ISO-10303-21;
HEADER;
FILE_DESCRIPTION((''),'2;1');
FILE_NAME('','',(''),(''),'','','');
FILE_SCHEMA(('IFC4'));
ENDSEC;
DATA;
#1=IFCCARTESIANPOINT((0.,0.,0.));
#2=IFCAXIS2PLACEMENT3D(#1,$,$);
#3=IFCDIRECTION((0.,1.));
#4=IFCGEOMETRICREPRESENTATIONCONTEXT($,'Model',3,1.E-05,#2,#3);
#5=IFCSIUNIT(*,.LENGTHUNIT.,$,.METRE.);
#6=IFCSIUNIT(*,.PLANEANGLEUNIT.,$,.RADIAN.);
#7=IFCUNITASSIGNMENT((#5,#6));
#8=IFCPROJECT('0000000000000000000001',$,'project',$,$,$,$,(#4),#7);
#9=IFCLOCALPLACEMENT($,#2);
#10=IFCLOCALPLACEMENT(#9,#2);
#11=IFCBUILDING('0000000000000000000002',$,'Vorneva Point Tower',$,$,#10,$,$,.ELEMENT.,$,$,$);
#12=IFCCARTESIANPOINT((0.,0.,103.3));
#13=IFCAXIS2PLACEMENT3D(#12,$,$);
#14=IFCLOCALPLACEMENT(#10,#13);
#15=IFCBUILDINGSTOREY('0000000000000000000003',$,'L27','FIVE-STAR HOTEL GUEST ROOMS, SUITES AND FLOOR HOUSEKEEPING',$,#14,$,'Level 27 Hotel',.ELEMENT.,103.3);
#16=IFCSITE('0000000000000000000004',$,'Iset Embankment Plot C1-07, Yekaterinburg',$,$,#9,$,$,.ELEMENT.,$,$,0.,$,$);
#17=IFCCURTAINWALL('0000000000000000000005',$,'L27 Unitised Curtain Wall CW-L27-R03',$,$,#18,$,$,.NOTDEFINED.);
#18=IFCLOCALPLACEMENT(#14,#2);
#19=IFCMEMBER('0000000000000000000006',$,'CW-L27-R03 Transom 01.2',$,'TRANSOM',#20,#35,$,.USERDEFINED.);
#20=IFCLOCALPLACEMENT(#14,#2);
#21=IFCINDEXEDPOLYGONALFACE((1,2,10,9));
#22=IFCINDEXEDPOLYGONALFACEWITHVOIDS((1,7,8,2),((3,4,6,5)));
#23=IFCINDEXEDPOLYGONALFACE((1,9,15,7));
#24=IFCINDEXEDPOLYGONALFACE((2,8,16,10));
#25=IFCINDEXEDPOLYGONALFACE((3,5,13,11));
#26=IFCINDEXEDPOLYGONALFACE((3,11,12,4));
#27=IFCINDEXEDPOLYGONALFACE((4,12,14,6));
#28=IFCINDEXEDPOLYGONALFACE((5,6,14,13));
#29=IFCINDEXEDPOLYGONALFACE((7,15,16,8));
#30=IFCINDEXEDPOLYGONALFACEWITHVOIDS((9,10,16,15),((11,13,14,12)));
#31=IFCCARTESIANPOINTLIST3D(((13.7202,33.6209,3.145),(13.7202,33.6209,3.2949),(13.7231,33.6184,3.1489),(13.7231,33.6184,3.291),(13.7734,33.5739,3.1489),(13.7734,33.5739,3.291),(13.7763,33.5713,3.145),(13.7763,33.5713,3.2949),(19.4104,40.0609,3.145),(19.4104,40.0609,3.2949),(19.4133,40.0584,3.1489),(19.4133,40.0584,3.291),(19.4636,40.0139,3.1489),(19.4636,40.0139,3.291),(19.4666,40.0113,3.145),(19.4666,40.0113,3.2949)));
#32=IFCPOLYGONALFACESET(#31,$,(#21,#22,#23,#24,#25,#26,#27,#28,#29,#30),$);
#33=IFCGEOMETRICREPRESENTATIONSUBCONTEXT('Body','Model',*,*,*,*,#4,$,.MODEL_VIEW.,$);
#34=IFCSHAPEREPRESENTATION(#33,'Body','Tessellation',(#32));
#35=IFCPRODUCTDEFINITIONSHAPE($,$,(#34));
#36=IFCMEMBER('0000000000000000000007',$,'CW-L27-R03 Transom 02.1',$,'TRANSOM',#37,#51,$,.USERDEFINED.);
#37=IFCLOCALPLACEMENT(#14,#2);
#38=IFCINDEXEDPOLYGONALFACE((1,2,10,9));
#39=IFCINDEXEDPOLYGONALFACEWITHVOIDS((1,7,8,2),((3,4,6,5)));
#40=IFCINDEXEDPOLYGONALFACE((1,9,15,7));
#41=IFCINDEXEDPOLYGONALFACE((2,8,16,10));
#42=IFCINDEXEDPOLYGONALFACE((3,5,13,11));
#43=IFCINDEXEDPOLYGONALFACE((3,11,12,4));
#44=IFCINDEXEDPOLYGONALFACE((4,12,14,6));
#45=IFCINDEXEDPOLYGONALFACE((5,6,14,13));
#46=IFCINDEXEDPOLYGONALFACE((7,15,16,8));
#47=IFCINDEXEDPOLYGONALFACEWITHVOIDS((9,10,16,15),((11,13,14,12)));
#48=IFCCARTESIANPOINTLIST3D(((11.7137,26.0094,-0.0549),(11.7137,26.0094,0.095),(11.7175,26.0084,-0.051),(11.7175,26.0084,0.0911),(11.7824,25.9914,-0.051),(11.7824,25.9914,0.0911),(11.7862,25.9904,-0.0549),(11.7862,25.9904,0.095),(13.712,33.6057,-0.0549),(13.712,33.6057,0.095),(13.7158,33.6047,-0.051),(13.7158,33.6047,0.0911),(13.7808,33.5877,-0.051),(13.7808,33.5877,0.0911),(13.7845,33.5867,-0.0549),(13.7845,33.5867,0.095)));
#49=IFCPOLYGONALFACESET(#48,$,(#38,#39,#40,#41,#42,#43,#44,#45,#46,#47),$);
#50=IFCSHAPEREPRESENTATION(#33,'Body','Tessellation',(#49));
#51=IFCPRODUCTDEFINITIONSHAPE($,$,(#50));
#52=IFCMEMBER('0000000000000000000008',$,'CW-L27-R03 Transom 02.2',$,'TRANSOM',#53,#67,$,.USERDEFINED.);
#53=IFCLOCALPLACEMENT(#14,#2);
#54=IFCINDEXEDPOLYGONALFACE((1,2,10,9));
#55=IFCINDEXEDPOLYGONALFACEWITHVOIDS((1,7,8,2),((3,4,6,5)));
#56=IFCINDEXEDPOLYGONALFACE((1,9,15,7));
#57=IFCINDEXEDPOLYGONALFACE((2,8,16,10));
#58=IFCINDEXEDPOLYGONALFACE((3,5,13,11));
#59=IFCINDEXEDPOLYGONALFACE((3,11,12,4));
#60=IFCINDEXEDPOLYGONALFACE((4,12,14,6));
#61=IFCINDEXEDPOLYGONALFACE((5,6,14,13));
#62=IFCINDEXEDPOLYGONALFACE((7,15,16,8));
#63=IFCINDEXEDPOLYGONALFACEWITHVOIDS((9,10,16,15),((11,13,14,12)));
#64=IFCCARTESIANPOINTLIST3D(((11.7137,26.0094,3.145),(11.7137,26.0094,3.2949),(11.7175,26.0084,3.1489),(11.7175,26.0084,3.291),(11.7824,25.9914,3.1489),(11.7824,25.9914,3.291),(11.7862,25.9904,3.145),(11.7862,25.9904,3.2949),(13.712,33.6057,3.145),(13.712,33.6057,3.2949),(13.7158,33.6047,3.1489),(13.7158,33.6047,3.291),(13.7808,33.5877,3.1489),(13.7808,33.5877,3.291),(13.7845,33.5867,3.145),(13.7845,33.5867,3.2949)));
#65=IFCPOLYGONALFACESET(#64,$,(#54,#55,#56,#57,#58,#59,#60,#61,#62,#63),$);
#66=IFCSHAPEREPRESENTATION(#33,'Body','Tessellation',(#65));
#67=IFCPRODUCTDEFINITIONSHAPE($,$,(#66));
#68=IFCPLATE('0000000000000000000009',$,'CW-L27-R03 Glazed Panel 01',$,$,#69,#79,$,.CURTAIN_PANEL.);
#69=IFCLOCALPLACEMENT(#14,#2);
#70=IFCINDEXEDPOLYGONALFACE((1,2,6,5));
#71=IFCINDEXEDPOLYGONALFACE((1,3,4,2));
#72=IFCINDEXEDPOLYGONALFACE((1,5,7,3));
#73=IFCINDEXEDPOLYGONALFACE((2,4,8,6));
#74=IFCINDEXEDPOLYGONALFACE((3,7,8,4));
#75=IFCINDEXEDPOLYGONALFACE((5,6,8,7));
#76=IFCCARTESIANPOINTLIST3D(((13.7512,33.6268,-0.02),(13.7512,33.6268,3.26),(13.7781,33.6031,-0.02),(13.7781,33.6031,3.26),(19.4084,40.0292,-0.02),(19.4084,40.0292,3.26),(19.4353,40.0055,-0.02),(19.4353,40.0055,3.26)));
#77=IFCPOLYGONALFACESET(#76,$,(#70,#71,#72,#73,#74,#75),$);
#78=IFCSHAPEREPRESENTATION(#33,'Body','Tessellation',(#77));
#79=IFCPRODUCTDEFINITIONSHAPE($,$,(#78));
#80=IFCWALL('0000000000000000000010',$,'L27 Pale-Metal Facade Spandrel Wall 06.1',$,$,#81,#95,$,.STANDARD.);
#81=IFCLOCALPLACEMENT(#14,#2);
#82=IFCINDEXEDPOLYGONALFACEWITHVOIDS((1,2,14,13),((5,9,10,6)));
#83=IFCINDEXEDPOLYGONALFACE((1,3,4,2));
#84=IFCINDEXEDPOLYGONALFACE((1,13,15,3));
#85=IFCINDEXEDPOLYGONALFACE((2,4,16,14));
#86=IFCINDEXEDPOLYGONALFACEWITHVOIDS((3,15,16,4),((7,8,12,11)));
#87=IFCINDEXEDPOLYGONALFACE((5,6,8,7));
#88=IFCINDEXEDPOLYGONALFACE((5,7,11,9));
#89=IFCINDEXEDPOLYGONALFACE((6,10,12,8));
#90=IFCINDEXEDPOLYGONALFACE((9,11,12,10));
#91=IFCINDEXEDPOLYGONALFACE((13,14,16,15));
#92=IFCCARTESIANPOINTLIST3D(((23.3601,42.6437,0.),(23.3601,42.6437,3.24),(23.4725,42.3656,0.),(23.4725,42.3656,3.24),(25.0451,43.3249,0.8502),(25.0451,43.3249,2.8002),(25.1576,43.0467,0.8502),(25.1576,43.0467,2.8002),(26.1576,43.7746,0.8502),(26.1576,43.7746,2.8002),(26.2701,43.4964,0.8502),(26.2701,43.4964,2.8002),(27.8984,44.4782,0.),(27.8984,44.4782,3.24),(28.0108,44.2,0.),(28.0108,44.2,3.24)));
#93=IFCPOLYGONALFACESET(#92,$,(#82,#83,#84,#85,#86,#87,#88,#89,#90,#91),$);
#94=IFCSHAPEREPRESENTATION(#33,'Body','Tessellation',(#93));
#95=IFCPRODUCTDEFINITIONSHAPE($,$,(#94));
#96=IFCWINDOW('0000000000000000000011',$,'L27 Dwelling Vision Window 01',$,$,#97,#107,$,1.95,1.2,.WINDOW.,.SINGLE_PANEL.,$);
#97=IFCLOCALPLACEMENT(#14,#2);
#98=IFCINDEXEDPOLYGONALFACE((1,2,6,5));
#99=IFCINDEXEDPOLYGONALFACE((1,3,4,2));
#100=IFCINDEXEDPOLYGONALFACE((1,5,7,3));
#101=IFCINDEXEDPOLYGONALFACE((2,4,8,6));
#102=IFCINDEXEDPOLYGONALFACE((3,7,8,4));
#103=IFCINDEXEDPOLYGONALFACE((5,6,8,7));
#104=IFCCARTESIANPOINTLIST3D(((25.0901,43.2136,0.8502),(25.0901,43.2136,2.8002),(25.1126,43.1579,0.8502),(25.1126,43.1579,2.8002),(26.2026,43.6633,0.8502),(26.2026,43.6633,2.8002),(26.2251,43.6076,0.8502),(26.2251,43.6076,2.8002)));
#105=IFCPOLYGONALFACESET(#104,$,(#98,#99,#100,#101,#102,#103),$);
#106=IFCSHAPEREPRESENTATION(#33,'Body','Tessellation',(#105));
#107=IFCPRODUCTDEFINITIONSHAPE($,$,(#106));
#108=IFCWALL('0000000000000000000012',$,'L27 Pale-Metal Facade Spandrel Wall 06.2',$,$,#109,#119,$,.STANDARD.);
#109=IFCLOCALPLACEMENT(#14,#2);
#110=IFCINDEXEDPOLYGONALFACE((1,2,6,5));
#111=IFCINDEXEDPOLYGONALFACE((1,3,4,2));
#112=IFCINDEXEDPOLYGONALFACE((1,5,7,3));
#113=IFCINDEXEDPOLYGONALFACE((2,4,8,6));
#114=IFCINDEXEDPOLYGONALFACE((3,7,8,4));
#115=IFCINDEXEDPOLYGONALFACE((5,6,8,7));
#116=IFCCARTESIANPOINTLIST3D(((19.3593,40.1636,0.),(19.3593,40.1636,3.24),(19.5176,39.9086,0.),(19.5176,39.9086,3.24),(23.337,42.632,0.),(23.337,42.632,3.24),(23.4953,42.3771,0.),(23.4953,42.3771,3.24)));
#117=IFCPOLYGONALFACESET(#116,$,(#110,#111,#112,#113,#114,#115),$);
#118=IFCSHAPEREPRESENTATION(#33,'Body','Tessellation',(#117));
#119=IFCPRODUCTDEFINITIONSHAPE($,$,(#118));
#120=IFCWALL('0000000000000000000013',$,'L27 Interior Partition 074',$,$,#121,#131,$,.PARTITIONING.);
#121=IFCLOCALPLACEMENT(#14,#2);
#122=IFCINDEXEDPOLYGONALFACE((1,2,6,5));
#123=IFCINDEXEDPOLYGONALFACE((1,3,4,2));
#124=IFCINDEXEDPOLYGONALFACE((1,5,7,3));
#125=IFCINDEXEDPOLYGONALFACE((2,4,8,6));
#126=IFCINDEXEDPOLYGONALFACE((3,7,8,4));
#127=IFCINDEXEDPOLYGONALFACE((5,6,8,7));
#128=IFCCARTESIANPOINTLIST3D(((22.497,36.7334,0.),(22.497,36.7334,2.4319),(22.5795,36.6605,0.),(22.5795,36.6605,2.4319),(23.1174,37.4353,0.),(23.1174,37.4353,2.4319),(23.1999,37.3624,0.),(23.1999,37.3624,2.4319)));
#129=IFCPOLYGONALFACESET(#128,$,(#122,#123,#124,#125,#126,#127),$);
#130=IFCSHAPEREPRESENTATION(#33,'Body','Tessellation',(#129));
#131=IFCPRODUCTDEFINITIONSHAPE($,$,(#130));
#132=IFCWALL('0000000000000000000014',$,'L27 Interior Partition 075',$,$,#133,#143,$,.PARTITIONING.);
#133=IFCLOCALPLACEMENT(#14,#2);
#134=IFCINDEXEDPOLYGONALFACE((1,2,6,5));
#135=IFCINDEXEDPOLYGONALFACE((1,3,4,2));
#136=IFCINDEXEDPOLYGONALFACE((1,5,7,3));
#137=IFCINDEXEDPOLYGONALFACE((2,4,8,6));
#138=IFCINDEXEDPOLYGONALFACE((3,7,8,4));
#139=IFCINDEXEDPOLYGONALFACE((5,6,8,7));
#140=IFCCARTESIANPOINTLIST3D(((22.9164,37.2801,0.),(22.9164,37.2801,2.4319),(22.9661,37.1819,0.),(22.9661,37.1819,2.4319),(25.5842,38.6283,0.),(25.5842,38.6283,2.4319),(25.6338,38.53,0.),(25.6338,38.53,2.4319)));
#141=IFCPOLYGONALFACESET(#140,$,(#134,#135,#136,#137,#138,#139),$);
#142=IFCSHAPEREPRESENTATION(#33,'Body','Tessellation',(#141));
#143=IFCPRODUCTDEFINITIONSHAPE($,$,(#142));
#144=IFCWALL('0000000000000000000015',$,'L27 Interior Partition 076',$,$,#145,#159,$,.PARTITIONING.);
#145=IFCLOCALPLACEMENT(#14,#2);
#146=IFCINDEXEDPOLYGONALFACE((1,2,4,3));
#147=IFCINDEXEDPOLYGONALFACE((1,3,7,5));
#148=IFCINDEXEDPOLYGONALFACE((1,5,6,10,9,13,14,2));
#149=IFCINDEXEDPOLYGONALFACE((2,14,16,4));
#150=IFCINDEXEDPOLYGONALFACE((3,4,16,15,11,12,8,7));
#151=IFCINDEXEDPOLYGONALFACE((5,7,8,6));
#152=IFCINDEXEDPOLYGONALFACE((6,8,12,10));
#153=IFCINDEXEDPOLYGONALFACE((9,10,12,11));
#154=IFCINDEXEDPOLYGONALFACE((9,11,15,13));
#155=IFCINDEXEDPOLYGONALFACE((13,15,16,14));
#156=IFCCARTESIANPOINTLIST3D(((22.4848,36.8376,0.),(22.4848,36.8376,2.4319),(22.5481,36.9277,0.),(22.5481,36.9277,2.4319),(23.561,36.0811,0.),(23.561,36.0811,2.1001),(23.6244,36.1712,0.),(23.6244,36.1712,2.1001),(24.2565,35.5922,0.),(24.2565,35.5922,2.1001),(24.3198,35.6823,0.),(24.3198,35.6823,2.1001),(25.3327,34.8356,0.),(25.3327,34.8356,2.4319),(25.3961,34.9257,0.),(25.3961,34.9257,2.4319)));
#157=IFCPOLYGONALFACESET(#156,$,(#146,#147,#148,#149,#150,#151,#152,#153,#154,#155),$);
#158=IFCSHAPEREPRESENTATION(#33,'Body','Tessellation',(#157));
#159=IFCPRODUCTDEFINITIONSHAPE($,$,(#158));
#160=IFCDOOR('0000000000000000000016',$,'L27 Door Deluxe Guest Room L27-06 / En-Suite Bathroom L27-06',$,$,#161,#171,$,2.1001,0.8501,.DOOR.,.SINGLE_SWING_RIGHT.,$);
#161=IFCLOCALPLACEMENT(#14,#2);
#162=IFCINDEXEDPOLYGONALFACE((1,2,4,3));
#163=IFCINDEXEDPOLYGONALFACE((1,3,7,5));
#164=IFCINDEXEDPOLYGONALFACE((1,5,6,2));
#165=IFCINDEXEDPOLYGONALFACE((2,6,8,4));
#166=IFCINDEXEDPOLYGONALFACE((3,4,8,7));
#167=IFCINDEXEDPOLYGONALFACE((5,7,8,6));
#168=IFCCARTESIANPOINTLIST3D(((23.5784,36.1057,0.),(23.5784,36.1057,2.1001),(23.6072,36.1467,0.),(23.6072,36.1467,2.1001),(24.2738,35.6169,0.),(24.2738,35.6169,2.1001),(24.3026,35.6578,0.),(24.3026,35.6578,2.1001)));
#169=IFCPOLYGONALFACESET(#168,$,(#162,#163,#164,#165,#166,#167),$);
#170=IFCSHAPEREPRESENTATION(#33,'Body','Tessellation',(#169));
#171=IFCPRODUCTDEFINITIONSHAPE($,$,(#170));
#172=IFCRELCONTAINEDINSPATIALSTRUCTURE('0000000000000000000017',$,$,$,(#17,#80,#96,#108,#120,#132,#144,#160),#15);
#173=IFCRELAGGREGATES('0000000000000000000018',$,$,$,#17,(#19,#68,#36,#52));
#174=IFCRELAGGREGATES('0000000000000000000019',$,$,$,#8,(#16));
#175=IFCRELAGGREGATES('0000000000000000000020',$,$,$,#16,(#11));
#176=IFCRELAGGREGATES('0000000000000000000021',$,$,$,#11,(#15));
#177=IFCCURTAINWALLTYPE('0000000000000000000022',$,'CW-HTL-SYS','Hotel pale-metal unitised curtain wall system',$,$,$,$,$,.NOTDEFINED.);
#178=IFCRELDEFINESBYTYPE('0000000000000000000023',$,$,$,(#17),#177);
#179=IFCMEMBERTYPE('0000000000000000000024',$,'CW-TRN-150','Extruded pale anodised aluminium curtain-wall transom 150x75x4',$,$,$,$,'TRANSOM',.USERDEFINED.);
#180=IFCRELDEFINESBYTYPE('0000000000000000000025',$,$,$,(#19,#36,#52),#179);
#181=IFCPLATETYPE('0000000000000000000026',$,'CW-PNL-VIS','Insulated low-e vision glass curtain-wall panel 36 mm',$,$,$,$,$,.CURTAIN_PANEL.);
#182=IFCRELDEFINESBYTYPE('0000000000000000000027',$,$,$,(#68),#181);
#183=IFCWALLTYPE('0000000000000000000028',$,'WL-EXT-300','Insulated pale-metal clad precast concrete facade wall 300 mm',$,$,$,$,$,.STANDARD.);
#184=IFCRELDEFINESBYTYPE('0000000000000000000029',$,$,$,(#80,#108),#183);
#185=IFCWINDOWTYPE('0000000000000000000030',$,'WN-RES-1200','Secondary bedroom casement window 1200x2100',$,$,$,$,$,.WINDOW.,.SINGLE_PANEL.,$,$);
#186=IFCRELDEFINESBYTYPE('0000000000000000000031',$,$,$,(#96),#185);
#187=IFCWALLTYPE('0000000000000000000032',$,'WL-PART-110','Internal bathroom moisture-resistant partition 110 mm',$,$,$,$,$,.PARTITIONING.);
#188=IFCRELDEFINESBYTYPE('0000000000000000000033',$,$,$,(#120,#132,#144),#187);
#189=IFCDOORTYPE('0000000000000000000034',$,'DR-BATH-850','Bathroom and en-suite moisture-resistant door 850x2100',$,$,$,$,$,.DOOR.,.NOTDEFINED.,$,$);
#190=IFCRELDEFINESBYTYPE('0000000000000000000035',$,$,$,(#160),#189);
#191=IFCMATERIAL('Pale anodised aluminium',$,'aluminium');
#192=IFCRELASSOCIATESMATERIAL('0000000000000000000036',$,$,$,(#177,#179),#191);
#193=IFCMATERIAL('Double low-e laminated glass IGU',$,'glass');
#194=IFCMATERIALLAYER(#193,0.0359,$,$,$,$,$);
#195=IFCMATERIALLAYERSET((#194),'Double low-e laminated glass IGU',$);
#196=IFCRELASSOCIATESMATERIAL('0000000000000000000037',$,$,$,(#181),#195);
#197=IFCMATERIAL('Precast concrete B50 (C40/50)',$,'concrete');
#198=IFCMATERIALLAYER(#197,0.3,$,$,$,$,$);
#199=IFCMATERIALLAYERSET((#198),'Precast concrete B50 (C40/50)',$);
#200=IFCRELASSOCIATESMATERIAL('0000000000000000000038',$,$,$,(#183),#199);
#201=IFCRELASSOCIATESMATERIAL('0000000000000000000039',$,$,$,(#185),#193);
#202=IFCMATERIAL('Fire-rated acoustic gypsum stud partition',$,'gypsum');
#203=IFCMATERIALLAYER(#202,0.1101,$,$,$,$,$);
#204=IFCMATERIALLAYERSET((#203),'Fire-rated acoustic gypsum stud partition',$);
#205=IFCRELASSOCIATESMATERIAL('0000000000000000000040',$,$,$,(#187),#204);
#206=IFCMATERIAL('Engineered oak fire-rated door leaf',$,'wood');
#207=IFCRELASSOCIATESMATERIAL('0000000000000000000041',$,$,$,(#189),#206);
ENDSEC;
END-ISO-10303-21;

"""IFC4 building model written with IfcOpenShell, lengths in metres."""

from ifc_helpers import new_model, si_unit, direction, frame, frame_2d, origin, origin_2d, place, context, subcontext, project, spatial, rectangle, hollow_rectangle, extrude, material, layer, layer_set, material_profile, profile_set, type_object, element, fill, aggregate, save


model = new_model("IFC4")

# Units and contexts
model_context = context("Model", 3, precision=1e-05, world=origin(), true_north=direction((0.0, 1.0)))
body_context = subcontext(model_context, "Body", "Model", "MODEL_VIEW")
ifc_project = project(units=[si_unit("LENGTHUNIT", "METRE"), si_unit("PLANEANGLEUNIT", "RADIAN")], contexts=[model_context])

# Site, building, storey
site_placement = place(None, origin())
site = spatial("IfcSite", under=ifc_project, at=site_placement, Name="Iset Embankment Plot C1-07, Yekaterinburg", CompositionType="ELEMENT", RefElevation=0.0)
building_placement = place(site_placement, origin())
building = spatial("IfcBuilding", under=site, at=building_placement, Name="Vorneva Point Tower", CompositionType="ELEMENT")
storey_placement = place(building_placement, frame((0.0, 0.0, 103.3)))
storey = spatial("IfcBuildingStorey", under=building, at=storey_placement, Name="L27", Description="FIVE-STAR HOTEL GUEST ROOMS, SUITES AND FLOOR HOUSEKEEPING", LongName="Level 27 Hotel", CompositionType="ELEMENT", Elevation=103.3)

# Shared definitions
ifc_material_1 = material(Name="Pale anodised aluminium", Category="aluminium")
curtain_wall_type = type_object("IfcCurtainWallType", Name="CW-HTL-SYS", Description="Hotel pale-metal unitised curtain wall system", PredefinedType="NOTDEFINED", material=ifc_material_1)

# Curtain wall, members, plate
curtain_wall_1_placement = place(storey_placement, origin())
curtain_wall_1 = element("IfcCurtainWall", 1, at=curtain_wall_1_placement, inside=storey, type_object=curtain_wall_type, Name="L27 Unitised Curtain Wall CW-L27-R03", PredefinedType="NOTDEFINED")
ifc_material_profile_1 = material_profile(ifc_material_1, hollow_rectangle(XDim=0.075, YDim=0.1499, WallThickness=0.0039, at=origin_2d()), Name="AL-TRN 150x75x4")
ifc_profile_set_1 = profile_set([ifc_material_profile_1], Name="Pale anodised aluminium")
member_type_1 = type_object("IfcMemberType", Name="CW-TRN-150", Description="Extruded pale anodised aluminium curtain-wall transom 150x75x4", ElementType="TRANSOM", PredefinedType="USERDEFINED", material=ifc_profile_set_1)
member_1_placement = place(storey_placement, frame((19.4385, 40.0361, 3.22), z_axis=(-0.662137, -0.749383, 0.0), x_axis=(0.749383, -0.662137, 0.0)))
member_1 = element("IfcMember", 2, at=member_1_placement, type_object=member_type_1, Name="CW-L27-R03 Transom 01.2", ObjectType="TRANSOM", PredefinedType="USERDEFINED", context=body_context, shape_type="SweptSolid", body=[
    extrude(hollow_rectangle(XDim=0.075, YDim=0.1499, WallThickness=0.0039, at=origin_2d()), origin(), (0.0, 0.0, 1.0), 8.5938),
])
member_2_placement = place(storey_placement, frame((13.7483, 33.5962, 0.02), z_axis=(-0.254409, -0.967097, 0.0), x_axis=(0.967097, -0.254409, 0.0)))
member_2 = element("IfcMember", 3, at=member_2_placement, type_object=member_type_1, Name="CW-L27-R03 Transom 02.1", ObjectType="TRANSOM", PredefinedType="USERDEFINED", context=body_context, shape_type="SweptSolid", body=[
    extrude(hollow_rectangle(XDim=0.075, YDim=0.1499, WallThickness=0.0039, at=origin_2d()), origin(), (0.0, 0.0, 1.0), 7.8547),
])
member_3_placement = place(storey_placement, frame((13.7483, 33.5962, 3.22), z_axis=(-0.254409, -0.967097, 0.0), x_axis=(0.967097, -0.254409, 0.0)))
member_3 = element("IfcMember", 4, at=member_3_placement, type_object=member_type_1, Name="CW-L27-R03 Transom 02.2", ObjectType="TRANSOM", PredefinedType="USERDEFINED", context=body_context, shape_type="SweptSolid", body=[
    extrude(hollow_rectangle(XDim=0.075, YDim=0.1499, WallThickness=0.0039, at=origin_2d()), origin(), (0.0, 0.0, 1.0), 7.8547),
])
ifc_material_2 = material(Name="Double low-e laminated glass IGU", Category="glass")
ifc_layer_1 = layer(ifc_material_2, 0.0359)
ifc_layer_set_1 = layer_set([ifc_layer_1], Name="Double low-e laminated glass IGU")
plate_type = type_object("IfcPlateType", Name="CW-PNL-VIS", Description="Insulated low-e vision glass curtain-wall panel 36 mm", PredefinedType="CURTAIN_PANEL", material=ifc_layer_set_1)
plate_placement = place(storey_placement, frame((16.5933, 36.8162, -0.02), z_axis=(0.0, 0.0, 1.0), x_axis=(-0.662149, -0.749372, 0.0)))
plate = element("IfcPlate", 5, at=plate_placement, type_object=plate_type, Name="CW-L27-R03 Glazed Panel 01", PredefinedType="CURTAIN_PANEL", context=body_context, shape_type="SweptSolid", body=[
    extrude(rectangle(XDim=8.5437, YDim=0.0359, at=origin_2d()), origin(), (0.0, 0.0, 1.0), 3.28),
])
aggregate(curtain_wall_1, [member_1, plate, member_2, member_3])

# Wall, opening, window
ifc_material_3 = material(Name="Precast concrete B50 (C40/50)", Category="concrete")
ifc_layer_2 = layer(ifc_material_3, 0.3)
ifc_layer_set_2 = layer_set([ifc_layer_2], Name="Precast concrete B50 (C40/50)")
wall_type_1 = type_object("IfcWallType", Name="WL-EXT-300", Description="Insulated pale-metal clad precast concrete facade wall 300 mm", PredefinedType="STANDARD", material=ifc_layer_set_2)
wall_1_placement = place(storey_placement, frame((27.9546, 44.3391, 0.0), z_axis=(0.0, 0.0, 1.0), x_axis=(-0.927122, -0.374759, 0.0)))
wall_1 = element("IfcWall", 6, at=wall_1_placement, inside=storey, type_object=wall_type_1, Name="L27 Pale-Metal Facade Spandrel Wall 06.1", PredefinedType="STANDARD", context=body_context, shape_type="SweptSolid", body=[
    extrude(rectangle(XDim=4.895, YDim=0.3, at=frame_2d((2.4475, 0.0))), origin(), (0.0, 0.0, 1.0), 3.24),
])
opening_1_placement = place(wall_1_placement, frame((1.8774, 0.0, 0.8501)))
opening_1 = element("IfcOpeningElement", 7, at=opening_1_placement, cuts=wall_1, PredefinedType="OPENING", context=body_context, shape_type="SweptSolid", body=[
    extrude(rectangle(XDim=1.2, YDim=1.95, at=frame_2d((0.6001, 0.9751))), frame((0.0, 0.165, 0.0), z_axis=(0.0, -1.0, 0.0), x_axis=(1.0, 0.0, 0.0)), (0.0, 0.0, 1.0), 0.3298),
])
window_type = type_object("IfcWindowType", Name="WN-RES-1200", Description="Secondary bedroom casement window 1200x2100", PartitioningType="SINGLE_PANEL", PredefinedType="WINDOW", material=ifc_material_2)
window_placement = place(opening_1_placement, origin())
window = element("IfcWindow", 8, at=window_placement, inside=storey, type_object=window_type, Name="L27 Dwelling Vision Window 01", OverallHeight=1.95, OverallWidth=1.2, PartitioningType="SINGLE_PANEL", PredefinedType="WINDOW", context=body_context, shape_type="SweptSolid", body=[
    extrude(rectangle(XDim=1.2, YDim=1.95, at=frame_2d((0.6001, 0.9751))), frame((0.0, 0.03, 0.0), z_axis=(0.0, -1.0, 0.0), x_axis=(1.0, 0.0, 0.0)), (0.0, 0.0, 1.0), 0.0601),
])
fill(opening_1, window)

# Walls
wall_2_placement = place(storey_placement, frame((23.4163, 42.5046, 0.0), z_axis=(0.0, 0.0, 1.0), x_axis=(-0.849684, -0.527291, 0.0)))
element("IfcWall", 9, at=wall_2_placement, inside=storey, type_object=wall_type_1, Name="L27 Pale-Metal Facade Spandrel Wall 06.2", PredefinedType="STANDARD", context=body_context, shape_type="SweptSolid", body=[
    extrude(rectangle(XDim=4.6814, YDim=0.3, at=frame_2d((2.3408, 0.0))), origin(), (0.0, 0.0, 1.0), 3.24),
])
ifc_material_4 = material(Name="Fire-rated acoustic gypsum stud partition", Category="gypsum")
ifc_layer_3 = layer(ifc_material_4, 0.1101)
ifc_layer_set_3 = layer_set([ifc_layer_3], Name="Fire-rated acoustic gypsum stud partition")
wall_type_2 = type_object("IfcWallType", Name="WL-PART-110", Description="Internal bathroom moisture-resistant partition 110 mm", PredefinedType="PARTITIONING", material=ifc_layer_set_3)
wall_3_placement = place(storey_placement, frame((22.5383, 36.697, 0.0), z_axis=(0.0, 0.0, 1.0), x_axis=(0.662242, 0.74929, 0.0)))
element("IfcWall", 10, at=wall_3_placement, inside=storey, type_object=wall_type_2, Name="L27 Interior Partition 074", PredefinedType="PARTITIONING", context=body_context, shape_type="SweptSolid", body=[
    extrude(rectangle(XDim=0.9368, YDim=0.1101, at=frame_2d((0.4683, 0.0))), origin(), (0.0, 0.0, 1.0), 2.4319),
])
wall_4_placement = place(storey_placement, frame((22.9412, 37.231, 0.0), z_axis=(0.0, 0.0, 1.0), x_axis=(0.892508, 0.451032, 0.0)))
element("IfcWall", 11, at=wall_4_placement, inside=storey, type_object=wall_type_2, Name="L27 Interior Partition 075", PredefinedType="PARTITIONING", context=body_context, shape_type="SweptSolid", body=[
    extrude(rectangle(XDim=2.989, YDim=0.1101, at=frame_2d((1.4946, 0.0))), origin(), (0.0, 0.0, 1.0), 2.4319),
])

# Wall, opening, door
wall_5_placement = place(storey_placement, frame((25.3645, 34.8806, 0.0), z_axis=(0.0, 0.0, 1.0), x_axis=(-0.818094, 0.575085, 0.0)))
wall_5 = element("IfcWall", 12, at=wall_5_placement, inside=storey, type_object=wall_type_2, Name="L27 Interior Partition 076", PredefinedType="PARTITIONING", context=body_context, shape_type="SweptSolid", body=[
    extrude(rectangle(XDim=3.4812, YDim=0.1101, at=frame_2d((1.7407, 0.0))), origin(), (0.0, 0.0, 1.0), 2.4319),
])
opening_2_placement = place(wall_5_placement, frame((1.3157, 0.0, 0.0)))
opening_2 = element("IfcOpeningElement", 13, at=opening_2_placement, cuts=wall_5, PredefinedType="OPENING", context=body_context, shape_type="SweptSolid", body=[
    extrude(rectangle(XDim=0.8501, YDim=2.1001, at=frame_2d((0.425, 1.05))), frame((0.0, 0.0698, 0.0), z_axis=(0.0, -1.0, 0.0), x_axis=(1.0, 0.0, 0.0)), (0.0, 0.0, 1.0), 0.1399),
])
ifc_material_5 = material(Name="Engineered oak fire-rated door leaf", Category="wood")
door_type_1 = type_object("IfcDoorType", Name="DR-BATH-850", Description="Bathroom and en-suite moisture-resistant door 850x2100", OperationType="NOTDEFINED", PredefinedType="DOOR", material=ifc_material_5)
door_1_placement = place(opening_2_placement, origin())
door_1 = element("IfcDoor", 14, at=door_1_placement, inside=storey, type_object=door_type_1, Name="L27 Door Deluxe Guest Room L27-06 / En-Suite Bathroom L27-06", OperationType="SINGLE_SWING_RIGHT", OverallHeight=2.1001, OverallWidth=0.8501, PredefinedType="DOOR", context=body_context, shape_type="SweptSolid", body=[
    extrude(rectangle(XDim=0.8501, YDim=2.1001, at=frame_2d((0.425, 1.05))), frame((0.0, 0.0249, 0.0), z_axis=(0.0, -1.0, 0.0), x_axis=(1.0, 0.0, 0.0)), (0.0, 0.0, 1.0), 0.05),
])
fill(opening_2, door_1)

save(model, "model.ifc")
